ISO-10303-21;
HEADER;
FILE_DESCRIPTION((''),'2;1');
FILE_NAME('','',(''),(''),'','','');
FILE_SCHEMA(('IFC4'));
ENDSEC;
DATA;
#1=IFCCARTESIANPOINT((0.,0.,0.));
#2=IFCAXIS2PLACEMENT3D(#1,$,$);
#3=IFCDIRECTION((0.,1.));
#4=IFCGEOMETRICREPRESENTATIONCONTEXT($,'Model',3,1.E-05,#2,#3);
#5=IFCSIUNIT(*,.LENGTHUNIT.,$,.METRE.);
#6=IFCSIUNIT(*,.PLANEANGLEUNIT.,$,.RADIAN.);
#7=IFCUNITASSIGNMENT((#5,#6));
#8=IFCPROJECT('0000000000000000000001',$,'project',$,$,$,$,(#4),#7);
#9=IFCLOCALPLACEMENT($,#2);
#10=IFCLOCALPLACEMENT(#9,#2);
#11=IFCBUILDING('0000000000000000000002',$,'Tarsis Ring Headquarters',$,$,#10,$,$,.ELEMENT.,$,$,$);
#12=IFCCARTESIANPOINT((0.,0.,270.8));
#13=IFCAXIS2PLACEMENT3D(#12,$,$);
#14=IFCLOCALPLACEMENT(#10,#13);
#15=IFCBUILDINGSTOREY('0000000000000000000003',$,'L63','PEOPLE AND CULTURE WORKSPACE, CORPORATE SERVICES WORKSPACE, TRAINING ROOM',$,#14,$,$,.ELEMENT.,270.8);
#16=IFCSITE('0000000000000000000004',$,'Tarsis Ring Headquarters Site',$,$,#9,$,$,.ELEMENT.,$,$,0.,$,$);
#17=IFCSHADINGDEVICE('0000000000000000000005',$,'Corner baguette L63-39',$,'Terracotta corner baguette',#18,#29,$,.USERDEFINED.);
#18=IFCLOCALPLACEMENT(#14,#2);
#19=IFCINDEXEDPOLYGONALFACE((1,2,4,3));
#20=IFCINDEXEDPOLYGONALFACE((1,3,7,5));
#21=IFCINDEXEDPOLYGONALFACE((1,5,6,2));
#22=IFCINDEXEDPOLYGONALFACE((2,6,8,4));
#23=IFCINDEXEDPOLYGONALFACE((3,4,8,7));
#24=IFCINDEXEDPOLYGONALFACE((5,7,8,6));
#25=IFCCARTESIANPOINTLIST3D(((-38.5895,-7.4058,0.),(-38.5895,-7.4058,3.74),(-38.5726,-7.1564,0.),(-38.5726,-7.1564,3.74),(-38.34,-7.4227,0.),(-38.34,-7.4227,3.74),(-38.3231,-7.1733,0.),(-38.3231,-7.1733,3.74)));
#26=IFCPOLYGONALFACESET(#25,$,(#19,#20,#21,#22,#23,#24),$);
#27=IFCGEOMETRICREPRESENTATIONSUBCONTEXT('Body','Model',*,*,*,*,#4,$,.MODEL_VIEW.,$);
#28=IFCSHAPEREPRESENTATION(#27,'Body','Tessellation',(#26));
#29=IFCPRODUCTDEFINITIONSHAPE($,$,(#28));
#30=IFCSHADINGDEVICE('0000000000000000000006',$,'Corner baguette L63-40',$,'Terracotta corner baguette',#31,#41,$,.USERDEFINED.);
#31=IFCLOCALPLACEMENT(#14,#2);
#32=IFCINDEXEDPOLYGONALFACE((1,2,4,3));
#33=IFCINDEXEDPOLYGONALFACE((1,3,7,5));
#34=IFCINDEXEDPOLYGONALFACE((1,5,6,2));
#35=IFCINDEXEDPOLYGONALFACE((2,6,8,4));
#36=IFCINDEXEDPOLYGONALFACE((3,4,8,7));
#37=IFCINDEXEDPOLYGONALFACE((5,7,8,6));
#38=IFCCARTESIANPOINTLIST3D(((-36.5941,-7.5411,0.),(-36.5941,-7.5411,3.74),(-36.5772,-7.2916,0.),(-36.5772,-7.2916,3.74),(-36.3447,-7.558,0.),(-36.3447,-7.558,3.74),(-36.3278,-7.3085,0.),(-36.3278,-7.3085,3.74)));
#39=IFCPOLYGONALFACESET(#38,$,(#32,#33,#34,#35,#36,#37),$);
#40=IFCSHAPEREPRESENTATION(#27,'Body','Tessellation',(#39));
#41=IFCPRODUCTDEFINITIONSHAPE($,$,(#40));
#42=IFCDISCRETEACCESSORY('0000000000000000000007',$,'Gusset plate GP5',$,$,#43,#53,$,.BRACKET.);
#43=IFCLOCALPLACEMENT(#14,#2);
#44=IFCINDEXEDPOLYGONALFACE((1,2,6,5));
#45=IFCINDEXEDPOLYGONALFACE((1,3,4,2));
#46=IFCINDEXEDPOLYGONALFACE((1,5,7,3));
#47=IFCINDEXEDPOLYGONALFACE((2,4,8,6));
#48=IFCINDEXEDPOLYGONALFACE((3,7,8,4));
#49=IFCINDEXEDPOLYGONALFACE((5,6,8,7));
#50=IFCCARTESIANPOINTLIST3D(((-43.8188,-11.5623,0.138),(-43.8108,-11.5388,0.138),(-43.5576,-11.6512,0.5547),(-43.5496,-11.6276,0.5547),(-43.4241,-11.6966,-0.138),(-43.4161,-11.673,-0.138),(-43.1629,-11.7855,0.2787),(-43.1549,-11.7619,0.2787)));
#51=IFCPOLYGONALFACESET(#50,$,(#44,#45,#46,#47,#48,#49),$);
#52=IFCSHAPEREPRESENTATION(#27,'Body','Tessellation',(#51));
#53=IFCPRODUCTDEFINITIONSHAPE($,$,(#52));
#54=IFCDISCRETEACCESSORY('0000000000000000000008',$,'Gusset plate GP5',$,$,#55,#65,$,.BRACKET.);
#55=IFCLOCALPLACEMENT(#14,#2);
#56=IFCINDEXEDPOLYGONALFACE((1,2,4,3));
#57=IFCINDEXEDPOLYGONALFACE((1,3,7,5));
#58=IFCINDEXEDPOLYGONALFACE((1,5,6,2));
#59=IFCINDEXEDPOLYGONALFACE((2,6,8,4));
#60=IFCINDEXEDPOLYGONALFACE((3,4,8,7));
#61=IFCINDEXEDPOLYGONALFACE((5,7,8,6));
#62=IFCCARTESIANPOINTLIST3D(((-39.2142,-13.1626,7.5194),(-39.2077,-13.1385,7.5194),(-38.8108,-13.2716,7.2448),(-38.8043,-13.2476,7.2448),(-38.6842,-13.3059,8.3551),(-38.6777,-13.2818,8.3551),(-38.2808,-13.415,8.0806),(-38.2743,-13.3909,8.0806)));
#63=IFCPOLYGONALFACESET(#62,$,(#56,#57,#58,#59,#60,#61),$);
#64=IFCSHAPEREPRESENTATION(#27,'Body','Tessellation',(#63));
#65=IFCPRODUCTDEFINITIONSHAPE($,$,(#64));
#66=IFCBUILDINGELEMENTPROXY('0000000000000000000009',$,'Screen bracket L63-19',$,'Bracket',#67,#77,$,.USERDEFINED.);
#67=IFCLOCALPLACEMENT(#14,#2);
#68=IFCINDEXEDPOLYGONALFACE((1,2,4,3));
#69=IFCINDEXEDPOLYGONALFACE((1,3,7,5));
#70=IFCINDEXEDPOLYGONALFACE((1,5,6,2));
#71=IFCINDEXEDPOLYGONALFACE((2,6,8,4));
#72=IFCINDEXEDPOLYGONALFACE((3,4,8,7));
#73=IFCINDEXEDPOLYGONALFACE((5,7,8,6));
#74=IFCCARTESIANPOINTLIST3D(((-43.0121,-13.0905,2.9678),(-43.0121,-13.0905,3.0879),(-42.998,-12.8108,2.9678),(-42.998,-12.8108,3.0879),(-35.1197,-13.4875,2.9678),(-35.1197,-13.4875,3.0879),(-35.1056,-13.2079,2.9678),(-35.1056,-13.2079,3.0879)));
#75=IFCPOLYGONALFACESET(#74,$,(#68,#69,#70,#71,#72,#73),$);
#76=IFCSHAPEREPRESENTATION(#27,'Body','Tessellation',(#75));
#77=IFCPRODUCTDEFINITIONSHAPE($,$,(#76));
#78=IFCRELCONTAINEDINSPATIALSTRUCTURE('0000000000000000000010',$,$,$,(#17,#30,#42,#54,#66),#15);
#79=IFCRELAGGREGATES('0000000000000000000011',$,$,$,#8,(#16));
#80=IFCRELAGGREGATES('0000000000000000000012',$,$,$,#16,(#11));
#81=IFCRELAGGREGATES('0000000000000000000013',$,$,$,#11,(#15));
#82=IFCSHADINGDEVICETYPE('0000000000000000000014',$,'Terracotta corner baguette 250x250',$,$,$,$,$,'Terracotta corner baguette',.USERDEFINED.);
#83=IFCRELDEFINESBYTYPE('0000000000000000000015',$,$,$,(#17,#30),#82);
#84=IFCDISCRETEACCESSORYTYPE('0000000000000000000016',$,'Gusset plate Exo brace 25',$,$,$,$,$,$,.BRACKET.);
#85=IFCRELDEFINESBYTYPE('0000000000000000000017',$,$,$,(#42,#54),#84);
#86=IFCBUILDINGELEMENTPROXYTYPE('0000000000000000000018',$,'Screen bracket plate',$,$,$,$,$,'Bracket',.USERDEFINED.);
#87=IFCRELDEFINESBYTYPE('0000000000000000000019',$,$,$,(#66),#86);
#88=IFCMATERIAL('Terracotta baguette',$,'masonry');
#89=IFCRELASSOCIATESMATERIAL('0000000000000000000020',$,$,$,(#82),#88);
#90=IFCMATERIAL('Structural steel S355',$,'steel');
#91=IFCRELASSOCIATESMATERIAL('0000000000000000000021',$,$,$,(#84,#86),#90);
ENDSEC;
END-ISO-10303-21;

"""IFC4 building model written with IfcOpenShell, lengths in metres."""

from ifc_helpers import new_model, si_unit, direction, frame, origin, origin_2d, place, context, subcontext, project, spatial, rectangle, extrude, material, material_profile, profile_set, type_object, element, save


model = new_model("IFC4")

# Units and contexts
model_context = context("Model", 3, precision=1e-05, world=origin(), true_north=direction((0.0, 1.0)))
body_context = subcontext(model_context, "Body", "Model", "MODEL_VIEW")
ifc_project = project(units=[si_unit("LENGTHUNIT", "METRE"), si_unit("PLANEANGLEUNIT", "RADIAN")], contexts=[model_context])

# Site, building, storey
site_placement = place(None, origin())
site = spatial("IfcSite", under=ifc_project, at=site_placement, Name="Tarsis Ring Headquarters Site", CompositionType="ELEMENT", RefElevation=0.0)
building_placement = place(site_placement, origin())
building = spatial("IfcBuilding", under=site, at=building_placement, Name="Tarsis Ring Headquarters", CompositionType="ELEMENT")
storey_placement = place(building_placement, frame((0.0, 0.0, 270.8)))
storey = spatial("IfcBuildingStorey", under=building, at=storey_placement, Name="L63", Description="PEOPLE AND CULTURE WORKSPACE, CORPORATE SERVICES WORKSPACE, TRAINING ROOM", CompositionType="ELEMENT", Elevation=270.8)

# Shared definitions
ifc_material_1 = material(Name="Structural steel S355", Category="steel")

# Shading devices
ifc_material_2 = material(Name="Terracotta baguette", Category="masonry")
shading_device_type_1 = type_object("IfcShadingDeviceType", Name="Terracotta corner baguette 250x250", ElementType="Terracotta corner baguette", PredefinedType="USERDEFINED", material=ifc_material_2)
for number, where, z_axis, x_axis, name in (
    (1, (-38.4563, -7.2896, 0.0), (0.0, 0.0, 1.0), (-0.067667, -0.997708, 0.0), "Corner baguette L63-39"),
    (2, (-36.4609, -7.4248, 0.0), (0.0, 0.0, 1.0), (0.997708, -0.067667, 0.0), "Corner baguette L63-40"),
):
    element("IfcShadingDevice", number, at=place(storey_placement, frame(where, z_axis=z_axis, x_axis=x_axis)), inside=storey, type_object=shading_device_type_1, Name=name, ObjectType="Terracotta corner baguette", PredefinedType="USERDEFINED", context=body_context, shape_type="SweptSolid", body=[
        extrude(rectangle(XDim=0.25, YDim=0.25, at=origin_2d()), origin(), (0.0, 0.0, 1.0), 3.74),
    ])

# Discrete accessories
ifc_material_profile_1 = material_profile(ifc_material_1, rectangle(XDim=0.0249, YDim=0.5, at=origin_2d()), Name="PL 25x500")
ifc_profile_set_1 = profile_set([ifc_material_profile_1], Name="Structural steel S355")
discrete_accessory_type = type_object("IfcDiscreteAccessoryType", Name="Gusset plate Exo brace 25", PredefinedType="BRACKET", material=ifc_profile_set_1)
discrete_accessory_1_placement = place(storey_placement, frame((-43.6174, -11.6177, 0.0), z_axis=(0.522652, -0.177799, 0.8338), x_axis=(0.322061, 0.946719, 0.0)))
element("IfcDiscreteAccessory", 3, at=discrete_accessory_1_placement, inside=storey, type_object=discrete_accessory_type, Name="Gusset plate GP5", PredefinedType="BRACKET", context=body_context, shape_type="SweptSolid", body=[
    extrude(rectangle(XDim=0.0249, YDim=0.5, at=origin_2d()), origin(), (0.0, 0.0, 1.0), 0.4998),
])
discrete_accessory_2_placement = place(storey_placement, frame((-39.0093, -13.2051, 7.3821), z_axis=(0.530068, -0.143321, 0.835755), x_axis=(0.26101, 0.965336, 0.0)))
element("IfcDiscreteAccessory", 4, at=discrete_accessory_2_placement, inside=storey, type_object=discrete_accessory_type, Name="Gusset plate GP5", PredefinedType="BRACKET", context=body_context, shape_type="SweptSolid", body=[
    extrude(rectangle(XDim=0.0249, YDim=0.5, at=origin_2d()), origin(), (0.0, 0.0, 1.0), 1.0),
])

# Building element proxy
building_element_proxy_type = type_object("IfcBuildingElementProxyType", Name="Screen bracket plate", ElementType="Bracket", PredefinedType="USERDEFINED", material=ifc_material_1)
proxy_placement = place(storey_placement, frame((-39.0588, -13.1492, 2.9678), z_axis=(0.0, 0.0, 1.0), x_axis=(0.998737, -0.050244, 0.0)))
element("IfcBuildingElementProxy", 5, at=proxy_placement, inside=storey, type_object=building_element_proxy_type, Name="Screen bracket L63-19", ObjectType="Bracket", PredefinedType="USERDEFINED", context=body_context, shape_type="SweptSolid", body=[
    extrude(rectangle(XDim=7.9023, YDim=0.28, at=origin_2d()), origin(), (0.0, 0.0, 1.0), 0.1201),
])

save(model, "model.ifc")
